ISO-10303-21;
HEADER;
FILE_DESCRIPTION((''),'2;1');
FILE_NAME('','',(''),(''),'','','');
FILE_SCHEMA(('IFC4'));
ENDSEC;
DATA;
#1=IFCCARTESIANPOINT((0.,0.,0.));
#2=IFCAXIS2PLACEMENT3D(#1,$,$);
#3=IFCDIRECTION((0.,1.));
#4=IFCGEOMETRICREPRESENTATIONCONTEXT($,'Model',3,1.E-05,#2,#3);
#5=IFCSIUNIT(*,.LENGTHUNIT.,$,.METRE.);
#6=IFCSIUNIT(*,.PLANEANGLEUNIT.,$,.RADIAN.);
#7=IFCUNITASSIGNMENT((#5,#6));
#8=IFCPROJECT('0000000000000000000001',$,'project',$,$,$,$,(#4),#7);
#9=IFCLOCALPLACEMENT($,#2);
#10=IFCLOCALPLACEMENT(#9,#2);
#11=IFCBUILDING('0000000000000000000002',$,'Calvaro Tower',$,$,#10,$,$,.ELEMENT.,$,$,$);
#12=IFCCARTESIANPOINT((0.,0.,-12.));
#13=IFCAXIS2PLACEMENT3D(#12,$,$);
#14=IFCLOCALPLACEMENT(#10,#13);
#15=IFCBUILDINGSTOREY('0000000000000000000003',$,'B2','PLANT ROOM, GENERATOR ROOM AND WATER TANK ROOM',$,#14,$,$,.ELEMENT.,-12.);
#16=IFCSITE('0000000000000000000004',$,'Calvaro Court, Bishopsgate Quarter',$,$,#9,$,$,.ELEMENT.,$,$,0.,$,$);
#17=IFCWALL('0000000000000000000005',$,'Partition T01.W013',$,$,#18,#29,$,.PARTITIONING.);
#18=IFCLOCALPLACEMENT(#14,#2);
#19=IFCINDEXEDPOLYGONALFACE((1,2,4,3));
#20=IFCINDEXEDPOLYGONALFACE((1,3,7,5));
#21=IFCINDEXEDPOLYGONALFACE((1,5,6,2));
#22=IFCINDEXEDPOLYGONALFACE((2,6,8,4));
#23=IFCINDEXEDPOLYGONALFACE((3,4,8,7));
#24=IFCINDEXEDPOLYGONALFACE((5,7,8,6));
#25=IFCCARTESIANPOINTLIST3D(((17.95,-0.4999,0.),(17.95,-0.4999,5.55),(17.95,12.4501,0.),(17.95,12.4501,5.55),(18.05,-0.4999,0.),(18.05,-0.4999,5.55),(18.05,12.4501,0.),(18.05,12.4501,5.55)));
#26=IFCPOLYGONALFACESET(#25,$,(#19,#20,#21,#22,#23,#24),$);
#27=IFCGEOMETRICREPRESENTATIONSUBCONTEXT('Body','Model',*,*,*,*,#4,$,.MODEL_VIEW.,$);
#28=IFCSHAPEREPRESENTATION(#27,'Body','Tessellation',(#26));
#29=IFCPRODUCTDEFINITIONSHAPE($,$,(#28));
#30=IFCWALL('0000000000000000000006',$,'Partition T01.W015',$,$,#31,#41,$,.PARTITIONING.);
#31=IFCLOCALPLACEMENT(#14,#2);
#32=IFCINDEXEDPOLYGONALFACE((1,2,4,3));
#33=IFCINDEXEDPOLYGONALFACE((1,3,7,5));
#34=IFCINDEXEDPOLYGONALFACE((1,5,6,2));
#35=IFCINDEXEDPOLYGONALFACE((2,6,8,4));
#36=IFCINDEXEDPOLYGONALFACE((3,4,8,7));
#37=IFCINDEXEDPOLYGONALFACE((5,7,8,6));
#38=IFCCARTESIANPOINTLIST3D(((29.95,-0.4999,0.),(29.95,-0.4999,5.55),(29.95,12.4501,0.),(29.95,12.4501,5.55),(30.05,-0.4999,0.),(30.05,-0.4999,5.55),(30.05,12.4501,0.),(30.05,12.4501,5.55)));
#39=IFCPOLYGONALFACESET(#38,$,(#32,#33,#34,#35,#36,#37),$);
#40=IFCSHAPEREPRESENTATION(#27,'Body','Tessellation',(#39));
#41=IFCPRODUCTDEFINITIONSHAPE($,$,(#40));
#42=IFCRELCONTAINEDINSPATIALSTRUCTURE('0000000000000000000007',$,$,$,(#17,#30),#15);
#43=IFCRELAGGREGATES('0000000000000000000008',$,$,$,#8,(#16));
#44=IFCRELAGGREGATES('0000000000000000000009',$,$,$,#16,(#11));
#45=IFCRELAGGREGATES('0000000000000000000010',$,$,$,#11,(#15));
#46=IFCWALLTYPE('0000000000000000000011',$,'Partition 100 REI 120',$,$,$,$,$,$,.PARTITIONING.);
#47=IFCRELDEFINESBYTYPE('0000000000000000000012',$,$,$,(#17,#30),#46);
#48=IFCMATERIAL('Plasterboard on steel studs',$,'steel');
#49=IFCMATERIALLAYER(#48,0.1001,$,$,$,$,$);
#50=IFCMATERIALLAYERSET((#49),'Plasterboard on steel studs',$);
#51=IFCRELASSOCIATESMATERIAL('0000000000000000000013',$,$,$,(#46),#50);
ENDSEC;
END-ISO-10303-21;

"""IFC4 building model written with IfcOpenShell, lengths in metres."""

from ifc_helpers import new_model, si_unit, direction, frame, frame_2d, origin, place, context, subcontext, project, spatial, rectangle, extrude, material, layer, layer_set, type_object, element, save


model = new_model("IFC4")

# Units and contexts
model_context = context("Model", 3, precision=1e-05, world=origin(), true_north=direction((0.0, 1.0)))
body_context = subcontext(model_context, "Body", "Model", "MODEL_VIEW")
ifc_project = project(units=[si_unit("LENGTHUNIT", "METRE"), si_unit("PLANEANGLEUNIT", "RADIAN")], contexts=[model_context])

# Site, building, storey
site_placement = place(None, origin())
site = spatial("IfcSite", under=ifc_project, at=site_placement, Name="Calvaro Court, Bishopsgate Quarter", CompositionType="ELEMENT", RefElevation=0.0)
building_placement = place(site_placement, origin())
building = spatial("IfcBuilding", under=site, at=building_placement, Name="Calvaro Tower", CompositionType="ELEMENT")
storey_placement = place(building_placement, frame((0.0, 0.0, -12.0)))
storey = spatial("IfcBuildingStorey", under=building, at=storey_placement, Name="B2", Description="PLANT ROOM, GENERATOR ROOM AND WATER TANK ROOM", CompositionType="ELEMENT", Elevation=-12.0)

# Walls
ifc_material_1 = material(Name="Plasterboard on steel studs", Category="steel")
ifc_layer = layer(ifc_material_1, 0.1001)
ifc_layer_set = layer_set([ifc_layer], Name="Plasterboard on steel studs")
wall_type = type_object("IfcWallType", Name="Partition 100 REI 120", PredefinedType="PARTITIONING", material=ifc_layer_set)
for number, where, z_axis, x_axis, name in (
    (1, (18.0, -0.5, 0.0), (0.0, 0.0, 1.0), (0.0, 1.0, 0.0), "Partition T01.W013"),
    (2, (30.0, -0.5, 0.0), (0.0, 0.0, 1.0), (0.0, 1.0, 0.0), "Partition T01.W015"),
):
    element("IfcWall", number, at=place(storey_placement, frame(where, z_axis=z_axis, x_axis=x_axis)), inside=storey, type_object=wall_type, Name=name, PredefinedType="PARTITIONING", context=body_context, shape_type="SweptSolid", body=[
        extrude(rectangle(XDim=12.95, YDim=0.1001, at=frame_2d((6.4751, 0.0))), origin(), (0.0, 0.0, 1.0), 5.55),
    ])

save(model, "model.ifc")
